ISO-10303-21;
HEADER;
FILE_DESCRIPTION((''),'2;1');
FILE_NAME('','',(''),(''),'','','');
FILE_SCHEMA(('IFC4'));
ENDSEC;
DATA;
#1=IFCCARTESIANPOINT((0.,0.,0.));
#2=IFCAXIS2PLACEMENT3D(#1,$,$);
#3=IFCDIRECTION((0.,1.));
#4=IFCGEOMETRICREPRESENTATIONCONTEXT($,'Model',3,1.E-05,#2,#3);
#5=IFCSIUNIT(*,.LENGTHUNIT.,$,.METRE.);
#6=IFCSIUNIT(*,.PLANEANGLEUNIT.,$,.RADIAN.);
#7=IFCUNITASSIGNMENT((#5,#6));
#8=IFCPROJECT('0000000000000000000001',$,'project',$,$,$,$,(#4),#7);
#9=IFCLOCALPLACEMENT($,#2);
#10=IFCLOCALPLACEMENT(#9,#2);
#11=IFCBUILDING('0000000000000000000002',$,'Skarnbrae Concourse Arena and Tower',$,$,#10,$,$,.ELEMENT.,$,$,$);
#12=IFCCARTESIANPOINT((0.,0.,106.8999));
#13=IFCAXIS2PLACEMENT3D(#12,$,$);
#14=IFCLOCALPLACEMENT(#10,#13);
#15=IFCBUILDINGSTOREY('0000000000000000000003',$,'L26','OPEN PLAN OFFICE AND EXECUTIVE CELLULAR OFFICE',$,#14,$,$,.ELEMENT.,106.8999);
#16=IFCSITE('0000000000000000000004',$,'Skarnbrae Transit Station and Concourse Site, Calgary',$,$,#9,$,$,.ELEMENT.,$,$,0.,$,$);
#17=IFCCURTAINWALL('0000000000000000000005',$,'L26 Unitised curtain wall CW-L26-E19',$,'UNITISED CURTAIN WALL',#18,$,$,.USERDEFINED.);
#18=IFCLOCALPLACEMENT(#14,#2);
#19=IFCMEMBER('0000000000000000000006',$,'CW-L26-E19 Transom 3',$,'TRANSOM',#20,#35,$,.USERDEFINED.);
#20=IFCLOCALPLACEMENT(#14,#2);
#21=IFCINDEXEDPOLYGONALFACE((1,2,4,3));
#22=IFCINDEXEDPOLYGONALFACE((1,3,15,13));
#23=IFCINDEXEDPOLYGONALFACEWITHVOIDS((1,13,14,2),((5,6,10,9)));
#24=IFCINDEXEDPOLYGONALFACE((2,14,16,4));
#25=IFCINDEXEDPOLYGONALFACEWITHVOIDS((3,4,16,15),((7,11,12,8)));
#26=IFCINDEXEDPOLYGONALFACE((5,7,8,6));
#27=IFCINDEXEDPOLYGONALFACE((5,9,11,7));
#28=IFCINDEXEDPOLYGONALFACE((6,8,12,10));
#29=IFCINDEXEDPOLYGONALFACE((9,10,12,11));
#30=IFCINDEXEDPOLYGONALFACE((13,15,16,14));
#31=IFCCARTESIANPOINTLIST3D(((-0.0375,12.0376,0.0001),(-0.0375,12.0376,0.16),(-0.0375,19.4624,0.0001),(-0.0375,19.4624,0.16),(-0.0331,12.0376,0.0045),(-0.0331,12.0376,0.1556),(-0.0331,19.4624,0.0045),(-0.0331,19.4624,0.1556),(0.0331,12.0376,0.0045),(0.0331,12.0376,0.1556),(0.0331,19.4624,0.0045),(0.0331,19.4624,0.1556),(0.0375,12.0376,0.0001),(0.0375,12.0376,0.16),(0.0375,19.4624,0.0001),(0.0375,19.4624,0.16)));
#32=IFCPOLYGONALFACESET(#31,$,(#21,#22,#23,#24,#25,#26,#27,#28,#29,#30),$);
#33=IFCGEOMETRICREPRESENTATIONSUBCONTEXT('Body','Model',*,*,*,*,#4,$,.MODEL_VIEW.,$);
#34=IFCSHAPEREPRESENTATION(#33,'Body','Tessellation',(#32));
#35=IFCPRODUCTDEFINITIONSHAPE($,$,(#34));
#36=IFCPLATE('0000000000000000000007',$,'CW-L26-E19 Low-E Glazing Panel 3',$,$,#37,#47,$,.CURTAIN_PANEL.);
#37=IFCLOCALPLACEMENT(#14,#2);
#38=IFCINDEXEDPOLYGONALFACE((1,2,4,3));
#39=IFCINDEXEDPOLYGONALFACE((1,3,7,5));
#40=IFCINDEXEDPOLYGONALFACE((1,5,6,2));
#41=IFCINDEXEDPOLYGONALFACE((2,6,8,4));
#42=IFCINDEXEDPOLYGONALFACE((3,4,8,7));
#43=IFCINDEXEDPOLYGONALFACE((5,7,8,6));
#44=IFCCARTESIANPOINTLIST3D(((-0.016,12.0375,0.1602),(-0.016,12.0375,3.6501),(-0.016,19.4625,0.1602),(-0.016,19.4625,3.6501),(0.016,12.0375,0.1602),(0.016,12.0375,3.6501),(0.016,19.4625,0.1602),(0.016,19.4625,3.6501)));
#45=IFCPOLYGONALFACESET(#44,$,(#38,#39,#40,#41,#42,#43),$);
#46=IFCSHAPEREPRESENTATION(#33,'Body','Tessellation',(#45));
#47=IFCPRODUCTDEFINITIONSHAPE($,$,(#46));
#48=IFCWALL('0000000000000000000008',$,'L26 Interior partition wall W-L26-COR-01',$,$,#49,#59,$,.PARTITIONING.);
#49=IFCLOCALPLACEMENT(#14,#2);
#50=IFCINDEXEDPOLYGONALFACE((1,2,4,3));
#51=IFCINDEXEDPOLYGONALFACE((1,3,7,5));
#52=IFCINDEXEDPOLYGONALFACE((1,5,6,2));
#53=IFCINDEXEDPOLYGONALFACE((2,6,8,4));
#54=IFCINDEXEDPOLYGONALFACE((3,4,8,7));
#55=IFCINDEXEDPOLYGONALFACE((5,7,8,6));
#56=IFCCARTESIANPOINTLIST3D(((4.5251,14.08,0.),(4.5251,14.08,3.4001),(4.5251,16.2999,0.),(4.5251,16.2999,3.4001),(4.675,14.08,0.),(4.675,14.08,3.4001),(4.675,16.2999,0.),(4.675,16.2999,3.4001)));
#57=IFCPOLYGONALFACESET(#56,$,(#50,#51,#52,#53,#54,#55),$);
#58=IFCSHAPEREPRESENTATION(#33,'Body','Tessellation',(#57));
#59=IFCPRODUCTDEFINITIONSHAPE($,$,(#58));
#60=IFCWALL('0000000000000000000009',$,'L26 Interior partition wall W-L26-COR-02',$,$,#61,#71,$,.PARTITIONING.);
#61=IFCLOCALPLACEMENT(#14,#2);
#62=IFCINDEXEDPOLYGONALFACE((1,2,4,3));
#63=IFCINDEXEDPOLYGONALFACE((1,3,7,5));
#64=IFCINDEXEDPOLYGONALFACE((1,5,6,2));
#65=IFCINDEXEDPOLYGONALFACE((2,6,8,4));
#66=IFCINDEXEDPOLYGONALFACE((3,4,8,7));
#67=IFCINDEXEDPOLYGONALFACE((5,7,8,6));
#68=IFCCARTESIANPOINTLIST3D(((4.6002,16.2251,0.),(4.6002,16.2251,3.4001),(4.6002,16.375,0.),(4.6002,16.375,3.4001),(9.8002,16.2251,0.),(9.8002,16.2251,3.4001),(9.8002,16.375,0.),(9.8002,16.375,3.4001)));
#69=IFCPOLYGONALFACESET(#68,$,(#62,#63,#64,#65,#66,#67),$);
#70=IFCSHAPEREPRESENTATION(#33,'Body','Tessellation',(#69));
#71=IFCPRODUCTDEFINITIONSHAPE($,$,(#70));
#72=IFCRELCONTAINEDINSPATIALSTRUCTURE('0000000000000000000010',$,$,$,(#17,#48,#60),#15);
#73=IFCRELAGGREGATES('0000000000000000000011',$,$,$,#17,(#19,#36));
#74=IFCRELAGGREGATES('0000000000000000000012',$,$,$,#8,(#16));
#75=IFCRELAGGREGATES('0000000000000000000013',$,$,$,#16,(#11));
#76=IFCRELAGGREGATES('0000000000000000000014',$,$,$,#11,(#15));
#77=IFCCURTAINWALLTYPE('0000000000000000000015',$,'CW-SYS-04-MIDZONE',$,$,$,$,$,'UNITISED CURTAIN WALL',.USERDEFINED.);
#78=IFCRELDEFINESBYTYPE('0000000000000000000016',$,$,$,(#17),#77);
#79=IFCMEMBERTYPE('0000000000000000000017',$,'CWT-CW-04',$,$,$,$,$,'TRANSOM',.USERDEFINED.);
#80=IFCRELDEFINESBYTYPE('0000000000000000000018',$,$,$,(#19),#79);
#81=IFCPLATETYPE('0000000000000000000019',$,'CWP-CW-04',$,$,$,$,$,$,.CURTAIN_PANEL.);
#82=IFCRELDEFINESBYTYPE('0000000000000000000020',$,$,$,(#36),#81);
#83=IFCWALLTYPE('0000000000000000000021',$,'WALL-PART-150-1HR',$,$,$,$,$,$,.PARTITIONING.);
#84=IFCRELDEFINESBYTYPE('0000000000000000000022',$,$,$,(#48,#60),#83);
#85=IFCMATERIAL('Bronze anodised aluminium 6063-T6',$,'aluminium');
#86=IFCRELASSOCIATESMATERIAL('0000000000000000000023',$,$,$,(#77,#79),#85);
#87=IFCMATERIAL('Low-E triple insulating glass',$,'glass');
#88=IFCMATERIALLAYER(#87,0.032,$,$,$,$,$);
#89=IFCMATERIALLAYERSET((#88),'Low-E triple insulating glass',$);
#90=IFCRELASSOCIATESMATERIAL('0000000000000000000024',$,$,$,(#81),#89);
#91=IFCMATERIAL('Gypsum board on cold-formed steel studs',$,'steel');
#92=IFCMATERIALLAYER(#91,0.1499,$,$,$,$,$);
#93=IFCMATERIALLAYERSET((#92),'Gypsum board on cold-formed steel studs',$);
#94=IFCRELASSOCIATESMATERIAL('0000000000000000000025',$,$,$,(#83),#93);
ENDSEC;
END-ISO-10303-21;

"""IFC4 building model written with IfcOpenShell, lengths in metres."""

from ifc_helpers import new_model, si_unit, direction, frame, frame_2d, origin, origin_2d, place, context, subcontext, project, spatial, rectangle, hollow_rectangle, extrude, source, transform, mapped, material, layer, layer_set, material_profile, profile_set, type_object, element, aggregate, save


model = new_model("IFC4")

# Units and contexts
model_context = context("Model", 3, precision=1e-05, world=origin(), true_north=direction((0.0, 1.0)))
body_context = subcontext(model_context, "Body", "Model", "MODEL_VIEW")
ifc_project = project(units=[si_unit("LENGTHUNIT", "METRE"), si_unit("PLANEANGLEUNIT", "RADIAN")], contexts=[model_context])

# Site, building, storey
site_placement = place(None, origin())
site = spatial("IfcSite", under=ifc_project, at=site_placement, Name="Skarnbrae Transit Station and Concourse Site, Calgary", CompositionType="ELEMENT", RefElevation=0.0)
building_placement = place(site_placement, origin())
building = spatial("IfcBuilding", under=site, at=building_placement, Name="Skarnbrae Concourse Arena and Tower", CompositionType="ELEMENT")
storey_placement = place(building_placement, frame((0.0, 0.0, 106.8999)))
storey = spatial("IfcBuildingStorey", under=building, at=storey_placement, Name="L26", Description="OPEN PLAN OFFICE AND EXECUTIVE CELLULAR OFFICE", CompositionType="ELEMENT", Elevation=106.8999)

# Curtain wall, member, plate
ifc_material_1 = material(Name="Bronze anodised aluminium 6063-T6", Category="aluminium")
curtain_wall_type = type_object("IfcCurtainWallType", Name="CW-SYS-04-MIDZONE", ElementType="UNITISED CURTAIN WALL", PredefinedType="USERDEFINED", material=ifc_material_1)
curtain_wall_placement = place(storey_placement, origin())
curtain_wall = element("IfcCurtainWall", 1, at=curtain_wall_placement, inside=storey, type_object=curtain_wall_type, Name="L26 Unitised curtain wall CW-L26-E19", ObjectType="UNITISED CURTAIN WALL", PredefinedType="USERDEFINED")
ifc_material_profile_1 = material_profile(ifc_material_1, hollow_rectangle(XDim=0.075, YDim=0.1599, WallThickness=0.0044, at=origin_2d()), Name="ALU-TRAN-75X160")
ifc_profile_set_1 = profile_set([ifc_material_profile_1], Name="Bronze anodised aluminium 6063-T6")
member_type_1 = type_object("IfcMemberType", Name="CWT-CW-04", ElementType="TRANSOM", PredefinedType="USERDEFINED", material=ifc_profile_set_1)
shared_shape_1 = source(origin(), body_context, "Body", "SweptSolid", [
    extrude(hollow_rectangle(XDim=0.075, YDim=0.1599, WallThickness=0.0044, at=origin_2d()), origin(), (0.0, 0.0, 1.0), 7.4248),
])
member_1_placement = place(storey_placement, frame((0.0, 19.4624, 0.0801), z_axis=(0.0, -1.0, 0.0), x_axis=(1.0, 0.0, 0.0)))
member_1 = element("IfcMember", 2, at=member_1_placement, type_object=member_type_1, Name="CW-L26-E19 Transom 3", ObjectType="TRANSOM", PredefinedType="USERDEFINED", context=body_context, shape_type="MappedRepresentation", body=[
    mapped(shared_shape_1, transform((0.0, 0.0, 0.0))),
])
ifc_material_2 = material(Name="Low-E triple insulating glass", Category="glass")
ifc_layer_1 = layer(ifc_material_2, 0.032)
ifc_layer_set_1 = layer_set([ifc_layer_1], Name="Low-E triple insulating glass")
plate_type = type_object("IfcPlateType", Name="CWP-CW-04", PredefinedType="CURTAIN_PANEL", material=ifc_layer_set_1)
shared_shape_2 = source(origin(), body_context, "Body", "SweptSolid", [
    extrude(rectangle(XDim=7.425, YDim=0.032, at=origin_2d()), origin(), (0.0, 0.0, 1.0), 3.49),
])
plate_placement = place(storey_placement, frame((0.0, 15.75, 0.1602), z_axis=(0.0, 0.0, 1.0), x_axis=(0.0, -1.0, 0.0)))
plate = element("IfcPlate", 3, at=plate_placement, type_object=plate_type, Name="CW-L26-E19 Low-E Glazing Panel 3", PredefinedType="CURTAIN_PANEL", context=body_context, shape_type="MappedRepresentation", body=[
    mapped(shared_shape_2, transform((0.0, 0.0, 0.0))),
])
aggregate(curtain_wall, [member_1, plate])

# Walls
ifc_material_3 = material(Name="Gypsum board on cold-formed steel studs", Category="steel")
ifc_layer_2 = layer(ifc_material_3, 0.1499)
ifc_layer_set_2 = layer_set([ifc_layer_2], Name="Gypsum board on cold-formed steel studs")
wall_type_1 = type_object("IfcWallType", Name="WALL-PART-150-1HR", PredefinedType="PARTITIONING", material=ifc_layer_set_2)
shared_shape_3 = source(origin(), body_context, "Body", "SweptSolid", [
    extrude(rectangle(XDim=2.22, YDim=0.1499, at=frame_2d((1.1099, 0.0))), origin(), (0.0, 0.0, 1.0), 3.4001),
])
wall_1_placement = place(storey_placement, frame((4.6001, 14.0801, 0.0), z_axis=(0.0, 0.0, 1.0), x_axis=(0.0, 1.0, 0.0)))
element("IfcWall", 4, at=wall_1_placement, inside=storey, type_object=wall_type_1, Name="L26 Interior partition wall W-L26-COR-01", PredefinedType="PARTITIONING", context=body_context, shape_type="MappedRepresentation", body=[
    mapped(shared_shape_3, transform((0.0, 0.0, 0.0))),
])
shared_shape_4 = source(origin(), body_context, "Body", "SweptSolid", [
    extrude(rectangle(XDim=5.2, YDim=0.1499, at=frame_2d((2.6001, 0.0))), origin(), (0.0, 0.0, 1.0), 3.4001),
])
wall_2_placement = place(storey_placement, frame((4.6001, 16.3, 0.0), z_axis=(0.0, 0.0, 1.0), x_axis=(1.0, 0.0, 0.0)))
element("IfcWall", 5, at=wall_2_placement, inside=storey, type_object=wall_type_1, Name="L26 Interior partition wall W-L26-COR-02", PredefinedType="PARTITIONING", context=body_context, shape_type="MappedRepresentation", body=[
    mapped(shared_shape_4, transform((0.0, 0.0, 0.0))),
])

save(model, "model.ifc")
